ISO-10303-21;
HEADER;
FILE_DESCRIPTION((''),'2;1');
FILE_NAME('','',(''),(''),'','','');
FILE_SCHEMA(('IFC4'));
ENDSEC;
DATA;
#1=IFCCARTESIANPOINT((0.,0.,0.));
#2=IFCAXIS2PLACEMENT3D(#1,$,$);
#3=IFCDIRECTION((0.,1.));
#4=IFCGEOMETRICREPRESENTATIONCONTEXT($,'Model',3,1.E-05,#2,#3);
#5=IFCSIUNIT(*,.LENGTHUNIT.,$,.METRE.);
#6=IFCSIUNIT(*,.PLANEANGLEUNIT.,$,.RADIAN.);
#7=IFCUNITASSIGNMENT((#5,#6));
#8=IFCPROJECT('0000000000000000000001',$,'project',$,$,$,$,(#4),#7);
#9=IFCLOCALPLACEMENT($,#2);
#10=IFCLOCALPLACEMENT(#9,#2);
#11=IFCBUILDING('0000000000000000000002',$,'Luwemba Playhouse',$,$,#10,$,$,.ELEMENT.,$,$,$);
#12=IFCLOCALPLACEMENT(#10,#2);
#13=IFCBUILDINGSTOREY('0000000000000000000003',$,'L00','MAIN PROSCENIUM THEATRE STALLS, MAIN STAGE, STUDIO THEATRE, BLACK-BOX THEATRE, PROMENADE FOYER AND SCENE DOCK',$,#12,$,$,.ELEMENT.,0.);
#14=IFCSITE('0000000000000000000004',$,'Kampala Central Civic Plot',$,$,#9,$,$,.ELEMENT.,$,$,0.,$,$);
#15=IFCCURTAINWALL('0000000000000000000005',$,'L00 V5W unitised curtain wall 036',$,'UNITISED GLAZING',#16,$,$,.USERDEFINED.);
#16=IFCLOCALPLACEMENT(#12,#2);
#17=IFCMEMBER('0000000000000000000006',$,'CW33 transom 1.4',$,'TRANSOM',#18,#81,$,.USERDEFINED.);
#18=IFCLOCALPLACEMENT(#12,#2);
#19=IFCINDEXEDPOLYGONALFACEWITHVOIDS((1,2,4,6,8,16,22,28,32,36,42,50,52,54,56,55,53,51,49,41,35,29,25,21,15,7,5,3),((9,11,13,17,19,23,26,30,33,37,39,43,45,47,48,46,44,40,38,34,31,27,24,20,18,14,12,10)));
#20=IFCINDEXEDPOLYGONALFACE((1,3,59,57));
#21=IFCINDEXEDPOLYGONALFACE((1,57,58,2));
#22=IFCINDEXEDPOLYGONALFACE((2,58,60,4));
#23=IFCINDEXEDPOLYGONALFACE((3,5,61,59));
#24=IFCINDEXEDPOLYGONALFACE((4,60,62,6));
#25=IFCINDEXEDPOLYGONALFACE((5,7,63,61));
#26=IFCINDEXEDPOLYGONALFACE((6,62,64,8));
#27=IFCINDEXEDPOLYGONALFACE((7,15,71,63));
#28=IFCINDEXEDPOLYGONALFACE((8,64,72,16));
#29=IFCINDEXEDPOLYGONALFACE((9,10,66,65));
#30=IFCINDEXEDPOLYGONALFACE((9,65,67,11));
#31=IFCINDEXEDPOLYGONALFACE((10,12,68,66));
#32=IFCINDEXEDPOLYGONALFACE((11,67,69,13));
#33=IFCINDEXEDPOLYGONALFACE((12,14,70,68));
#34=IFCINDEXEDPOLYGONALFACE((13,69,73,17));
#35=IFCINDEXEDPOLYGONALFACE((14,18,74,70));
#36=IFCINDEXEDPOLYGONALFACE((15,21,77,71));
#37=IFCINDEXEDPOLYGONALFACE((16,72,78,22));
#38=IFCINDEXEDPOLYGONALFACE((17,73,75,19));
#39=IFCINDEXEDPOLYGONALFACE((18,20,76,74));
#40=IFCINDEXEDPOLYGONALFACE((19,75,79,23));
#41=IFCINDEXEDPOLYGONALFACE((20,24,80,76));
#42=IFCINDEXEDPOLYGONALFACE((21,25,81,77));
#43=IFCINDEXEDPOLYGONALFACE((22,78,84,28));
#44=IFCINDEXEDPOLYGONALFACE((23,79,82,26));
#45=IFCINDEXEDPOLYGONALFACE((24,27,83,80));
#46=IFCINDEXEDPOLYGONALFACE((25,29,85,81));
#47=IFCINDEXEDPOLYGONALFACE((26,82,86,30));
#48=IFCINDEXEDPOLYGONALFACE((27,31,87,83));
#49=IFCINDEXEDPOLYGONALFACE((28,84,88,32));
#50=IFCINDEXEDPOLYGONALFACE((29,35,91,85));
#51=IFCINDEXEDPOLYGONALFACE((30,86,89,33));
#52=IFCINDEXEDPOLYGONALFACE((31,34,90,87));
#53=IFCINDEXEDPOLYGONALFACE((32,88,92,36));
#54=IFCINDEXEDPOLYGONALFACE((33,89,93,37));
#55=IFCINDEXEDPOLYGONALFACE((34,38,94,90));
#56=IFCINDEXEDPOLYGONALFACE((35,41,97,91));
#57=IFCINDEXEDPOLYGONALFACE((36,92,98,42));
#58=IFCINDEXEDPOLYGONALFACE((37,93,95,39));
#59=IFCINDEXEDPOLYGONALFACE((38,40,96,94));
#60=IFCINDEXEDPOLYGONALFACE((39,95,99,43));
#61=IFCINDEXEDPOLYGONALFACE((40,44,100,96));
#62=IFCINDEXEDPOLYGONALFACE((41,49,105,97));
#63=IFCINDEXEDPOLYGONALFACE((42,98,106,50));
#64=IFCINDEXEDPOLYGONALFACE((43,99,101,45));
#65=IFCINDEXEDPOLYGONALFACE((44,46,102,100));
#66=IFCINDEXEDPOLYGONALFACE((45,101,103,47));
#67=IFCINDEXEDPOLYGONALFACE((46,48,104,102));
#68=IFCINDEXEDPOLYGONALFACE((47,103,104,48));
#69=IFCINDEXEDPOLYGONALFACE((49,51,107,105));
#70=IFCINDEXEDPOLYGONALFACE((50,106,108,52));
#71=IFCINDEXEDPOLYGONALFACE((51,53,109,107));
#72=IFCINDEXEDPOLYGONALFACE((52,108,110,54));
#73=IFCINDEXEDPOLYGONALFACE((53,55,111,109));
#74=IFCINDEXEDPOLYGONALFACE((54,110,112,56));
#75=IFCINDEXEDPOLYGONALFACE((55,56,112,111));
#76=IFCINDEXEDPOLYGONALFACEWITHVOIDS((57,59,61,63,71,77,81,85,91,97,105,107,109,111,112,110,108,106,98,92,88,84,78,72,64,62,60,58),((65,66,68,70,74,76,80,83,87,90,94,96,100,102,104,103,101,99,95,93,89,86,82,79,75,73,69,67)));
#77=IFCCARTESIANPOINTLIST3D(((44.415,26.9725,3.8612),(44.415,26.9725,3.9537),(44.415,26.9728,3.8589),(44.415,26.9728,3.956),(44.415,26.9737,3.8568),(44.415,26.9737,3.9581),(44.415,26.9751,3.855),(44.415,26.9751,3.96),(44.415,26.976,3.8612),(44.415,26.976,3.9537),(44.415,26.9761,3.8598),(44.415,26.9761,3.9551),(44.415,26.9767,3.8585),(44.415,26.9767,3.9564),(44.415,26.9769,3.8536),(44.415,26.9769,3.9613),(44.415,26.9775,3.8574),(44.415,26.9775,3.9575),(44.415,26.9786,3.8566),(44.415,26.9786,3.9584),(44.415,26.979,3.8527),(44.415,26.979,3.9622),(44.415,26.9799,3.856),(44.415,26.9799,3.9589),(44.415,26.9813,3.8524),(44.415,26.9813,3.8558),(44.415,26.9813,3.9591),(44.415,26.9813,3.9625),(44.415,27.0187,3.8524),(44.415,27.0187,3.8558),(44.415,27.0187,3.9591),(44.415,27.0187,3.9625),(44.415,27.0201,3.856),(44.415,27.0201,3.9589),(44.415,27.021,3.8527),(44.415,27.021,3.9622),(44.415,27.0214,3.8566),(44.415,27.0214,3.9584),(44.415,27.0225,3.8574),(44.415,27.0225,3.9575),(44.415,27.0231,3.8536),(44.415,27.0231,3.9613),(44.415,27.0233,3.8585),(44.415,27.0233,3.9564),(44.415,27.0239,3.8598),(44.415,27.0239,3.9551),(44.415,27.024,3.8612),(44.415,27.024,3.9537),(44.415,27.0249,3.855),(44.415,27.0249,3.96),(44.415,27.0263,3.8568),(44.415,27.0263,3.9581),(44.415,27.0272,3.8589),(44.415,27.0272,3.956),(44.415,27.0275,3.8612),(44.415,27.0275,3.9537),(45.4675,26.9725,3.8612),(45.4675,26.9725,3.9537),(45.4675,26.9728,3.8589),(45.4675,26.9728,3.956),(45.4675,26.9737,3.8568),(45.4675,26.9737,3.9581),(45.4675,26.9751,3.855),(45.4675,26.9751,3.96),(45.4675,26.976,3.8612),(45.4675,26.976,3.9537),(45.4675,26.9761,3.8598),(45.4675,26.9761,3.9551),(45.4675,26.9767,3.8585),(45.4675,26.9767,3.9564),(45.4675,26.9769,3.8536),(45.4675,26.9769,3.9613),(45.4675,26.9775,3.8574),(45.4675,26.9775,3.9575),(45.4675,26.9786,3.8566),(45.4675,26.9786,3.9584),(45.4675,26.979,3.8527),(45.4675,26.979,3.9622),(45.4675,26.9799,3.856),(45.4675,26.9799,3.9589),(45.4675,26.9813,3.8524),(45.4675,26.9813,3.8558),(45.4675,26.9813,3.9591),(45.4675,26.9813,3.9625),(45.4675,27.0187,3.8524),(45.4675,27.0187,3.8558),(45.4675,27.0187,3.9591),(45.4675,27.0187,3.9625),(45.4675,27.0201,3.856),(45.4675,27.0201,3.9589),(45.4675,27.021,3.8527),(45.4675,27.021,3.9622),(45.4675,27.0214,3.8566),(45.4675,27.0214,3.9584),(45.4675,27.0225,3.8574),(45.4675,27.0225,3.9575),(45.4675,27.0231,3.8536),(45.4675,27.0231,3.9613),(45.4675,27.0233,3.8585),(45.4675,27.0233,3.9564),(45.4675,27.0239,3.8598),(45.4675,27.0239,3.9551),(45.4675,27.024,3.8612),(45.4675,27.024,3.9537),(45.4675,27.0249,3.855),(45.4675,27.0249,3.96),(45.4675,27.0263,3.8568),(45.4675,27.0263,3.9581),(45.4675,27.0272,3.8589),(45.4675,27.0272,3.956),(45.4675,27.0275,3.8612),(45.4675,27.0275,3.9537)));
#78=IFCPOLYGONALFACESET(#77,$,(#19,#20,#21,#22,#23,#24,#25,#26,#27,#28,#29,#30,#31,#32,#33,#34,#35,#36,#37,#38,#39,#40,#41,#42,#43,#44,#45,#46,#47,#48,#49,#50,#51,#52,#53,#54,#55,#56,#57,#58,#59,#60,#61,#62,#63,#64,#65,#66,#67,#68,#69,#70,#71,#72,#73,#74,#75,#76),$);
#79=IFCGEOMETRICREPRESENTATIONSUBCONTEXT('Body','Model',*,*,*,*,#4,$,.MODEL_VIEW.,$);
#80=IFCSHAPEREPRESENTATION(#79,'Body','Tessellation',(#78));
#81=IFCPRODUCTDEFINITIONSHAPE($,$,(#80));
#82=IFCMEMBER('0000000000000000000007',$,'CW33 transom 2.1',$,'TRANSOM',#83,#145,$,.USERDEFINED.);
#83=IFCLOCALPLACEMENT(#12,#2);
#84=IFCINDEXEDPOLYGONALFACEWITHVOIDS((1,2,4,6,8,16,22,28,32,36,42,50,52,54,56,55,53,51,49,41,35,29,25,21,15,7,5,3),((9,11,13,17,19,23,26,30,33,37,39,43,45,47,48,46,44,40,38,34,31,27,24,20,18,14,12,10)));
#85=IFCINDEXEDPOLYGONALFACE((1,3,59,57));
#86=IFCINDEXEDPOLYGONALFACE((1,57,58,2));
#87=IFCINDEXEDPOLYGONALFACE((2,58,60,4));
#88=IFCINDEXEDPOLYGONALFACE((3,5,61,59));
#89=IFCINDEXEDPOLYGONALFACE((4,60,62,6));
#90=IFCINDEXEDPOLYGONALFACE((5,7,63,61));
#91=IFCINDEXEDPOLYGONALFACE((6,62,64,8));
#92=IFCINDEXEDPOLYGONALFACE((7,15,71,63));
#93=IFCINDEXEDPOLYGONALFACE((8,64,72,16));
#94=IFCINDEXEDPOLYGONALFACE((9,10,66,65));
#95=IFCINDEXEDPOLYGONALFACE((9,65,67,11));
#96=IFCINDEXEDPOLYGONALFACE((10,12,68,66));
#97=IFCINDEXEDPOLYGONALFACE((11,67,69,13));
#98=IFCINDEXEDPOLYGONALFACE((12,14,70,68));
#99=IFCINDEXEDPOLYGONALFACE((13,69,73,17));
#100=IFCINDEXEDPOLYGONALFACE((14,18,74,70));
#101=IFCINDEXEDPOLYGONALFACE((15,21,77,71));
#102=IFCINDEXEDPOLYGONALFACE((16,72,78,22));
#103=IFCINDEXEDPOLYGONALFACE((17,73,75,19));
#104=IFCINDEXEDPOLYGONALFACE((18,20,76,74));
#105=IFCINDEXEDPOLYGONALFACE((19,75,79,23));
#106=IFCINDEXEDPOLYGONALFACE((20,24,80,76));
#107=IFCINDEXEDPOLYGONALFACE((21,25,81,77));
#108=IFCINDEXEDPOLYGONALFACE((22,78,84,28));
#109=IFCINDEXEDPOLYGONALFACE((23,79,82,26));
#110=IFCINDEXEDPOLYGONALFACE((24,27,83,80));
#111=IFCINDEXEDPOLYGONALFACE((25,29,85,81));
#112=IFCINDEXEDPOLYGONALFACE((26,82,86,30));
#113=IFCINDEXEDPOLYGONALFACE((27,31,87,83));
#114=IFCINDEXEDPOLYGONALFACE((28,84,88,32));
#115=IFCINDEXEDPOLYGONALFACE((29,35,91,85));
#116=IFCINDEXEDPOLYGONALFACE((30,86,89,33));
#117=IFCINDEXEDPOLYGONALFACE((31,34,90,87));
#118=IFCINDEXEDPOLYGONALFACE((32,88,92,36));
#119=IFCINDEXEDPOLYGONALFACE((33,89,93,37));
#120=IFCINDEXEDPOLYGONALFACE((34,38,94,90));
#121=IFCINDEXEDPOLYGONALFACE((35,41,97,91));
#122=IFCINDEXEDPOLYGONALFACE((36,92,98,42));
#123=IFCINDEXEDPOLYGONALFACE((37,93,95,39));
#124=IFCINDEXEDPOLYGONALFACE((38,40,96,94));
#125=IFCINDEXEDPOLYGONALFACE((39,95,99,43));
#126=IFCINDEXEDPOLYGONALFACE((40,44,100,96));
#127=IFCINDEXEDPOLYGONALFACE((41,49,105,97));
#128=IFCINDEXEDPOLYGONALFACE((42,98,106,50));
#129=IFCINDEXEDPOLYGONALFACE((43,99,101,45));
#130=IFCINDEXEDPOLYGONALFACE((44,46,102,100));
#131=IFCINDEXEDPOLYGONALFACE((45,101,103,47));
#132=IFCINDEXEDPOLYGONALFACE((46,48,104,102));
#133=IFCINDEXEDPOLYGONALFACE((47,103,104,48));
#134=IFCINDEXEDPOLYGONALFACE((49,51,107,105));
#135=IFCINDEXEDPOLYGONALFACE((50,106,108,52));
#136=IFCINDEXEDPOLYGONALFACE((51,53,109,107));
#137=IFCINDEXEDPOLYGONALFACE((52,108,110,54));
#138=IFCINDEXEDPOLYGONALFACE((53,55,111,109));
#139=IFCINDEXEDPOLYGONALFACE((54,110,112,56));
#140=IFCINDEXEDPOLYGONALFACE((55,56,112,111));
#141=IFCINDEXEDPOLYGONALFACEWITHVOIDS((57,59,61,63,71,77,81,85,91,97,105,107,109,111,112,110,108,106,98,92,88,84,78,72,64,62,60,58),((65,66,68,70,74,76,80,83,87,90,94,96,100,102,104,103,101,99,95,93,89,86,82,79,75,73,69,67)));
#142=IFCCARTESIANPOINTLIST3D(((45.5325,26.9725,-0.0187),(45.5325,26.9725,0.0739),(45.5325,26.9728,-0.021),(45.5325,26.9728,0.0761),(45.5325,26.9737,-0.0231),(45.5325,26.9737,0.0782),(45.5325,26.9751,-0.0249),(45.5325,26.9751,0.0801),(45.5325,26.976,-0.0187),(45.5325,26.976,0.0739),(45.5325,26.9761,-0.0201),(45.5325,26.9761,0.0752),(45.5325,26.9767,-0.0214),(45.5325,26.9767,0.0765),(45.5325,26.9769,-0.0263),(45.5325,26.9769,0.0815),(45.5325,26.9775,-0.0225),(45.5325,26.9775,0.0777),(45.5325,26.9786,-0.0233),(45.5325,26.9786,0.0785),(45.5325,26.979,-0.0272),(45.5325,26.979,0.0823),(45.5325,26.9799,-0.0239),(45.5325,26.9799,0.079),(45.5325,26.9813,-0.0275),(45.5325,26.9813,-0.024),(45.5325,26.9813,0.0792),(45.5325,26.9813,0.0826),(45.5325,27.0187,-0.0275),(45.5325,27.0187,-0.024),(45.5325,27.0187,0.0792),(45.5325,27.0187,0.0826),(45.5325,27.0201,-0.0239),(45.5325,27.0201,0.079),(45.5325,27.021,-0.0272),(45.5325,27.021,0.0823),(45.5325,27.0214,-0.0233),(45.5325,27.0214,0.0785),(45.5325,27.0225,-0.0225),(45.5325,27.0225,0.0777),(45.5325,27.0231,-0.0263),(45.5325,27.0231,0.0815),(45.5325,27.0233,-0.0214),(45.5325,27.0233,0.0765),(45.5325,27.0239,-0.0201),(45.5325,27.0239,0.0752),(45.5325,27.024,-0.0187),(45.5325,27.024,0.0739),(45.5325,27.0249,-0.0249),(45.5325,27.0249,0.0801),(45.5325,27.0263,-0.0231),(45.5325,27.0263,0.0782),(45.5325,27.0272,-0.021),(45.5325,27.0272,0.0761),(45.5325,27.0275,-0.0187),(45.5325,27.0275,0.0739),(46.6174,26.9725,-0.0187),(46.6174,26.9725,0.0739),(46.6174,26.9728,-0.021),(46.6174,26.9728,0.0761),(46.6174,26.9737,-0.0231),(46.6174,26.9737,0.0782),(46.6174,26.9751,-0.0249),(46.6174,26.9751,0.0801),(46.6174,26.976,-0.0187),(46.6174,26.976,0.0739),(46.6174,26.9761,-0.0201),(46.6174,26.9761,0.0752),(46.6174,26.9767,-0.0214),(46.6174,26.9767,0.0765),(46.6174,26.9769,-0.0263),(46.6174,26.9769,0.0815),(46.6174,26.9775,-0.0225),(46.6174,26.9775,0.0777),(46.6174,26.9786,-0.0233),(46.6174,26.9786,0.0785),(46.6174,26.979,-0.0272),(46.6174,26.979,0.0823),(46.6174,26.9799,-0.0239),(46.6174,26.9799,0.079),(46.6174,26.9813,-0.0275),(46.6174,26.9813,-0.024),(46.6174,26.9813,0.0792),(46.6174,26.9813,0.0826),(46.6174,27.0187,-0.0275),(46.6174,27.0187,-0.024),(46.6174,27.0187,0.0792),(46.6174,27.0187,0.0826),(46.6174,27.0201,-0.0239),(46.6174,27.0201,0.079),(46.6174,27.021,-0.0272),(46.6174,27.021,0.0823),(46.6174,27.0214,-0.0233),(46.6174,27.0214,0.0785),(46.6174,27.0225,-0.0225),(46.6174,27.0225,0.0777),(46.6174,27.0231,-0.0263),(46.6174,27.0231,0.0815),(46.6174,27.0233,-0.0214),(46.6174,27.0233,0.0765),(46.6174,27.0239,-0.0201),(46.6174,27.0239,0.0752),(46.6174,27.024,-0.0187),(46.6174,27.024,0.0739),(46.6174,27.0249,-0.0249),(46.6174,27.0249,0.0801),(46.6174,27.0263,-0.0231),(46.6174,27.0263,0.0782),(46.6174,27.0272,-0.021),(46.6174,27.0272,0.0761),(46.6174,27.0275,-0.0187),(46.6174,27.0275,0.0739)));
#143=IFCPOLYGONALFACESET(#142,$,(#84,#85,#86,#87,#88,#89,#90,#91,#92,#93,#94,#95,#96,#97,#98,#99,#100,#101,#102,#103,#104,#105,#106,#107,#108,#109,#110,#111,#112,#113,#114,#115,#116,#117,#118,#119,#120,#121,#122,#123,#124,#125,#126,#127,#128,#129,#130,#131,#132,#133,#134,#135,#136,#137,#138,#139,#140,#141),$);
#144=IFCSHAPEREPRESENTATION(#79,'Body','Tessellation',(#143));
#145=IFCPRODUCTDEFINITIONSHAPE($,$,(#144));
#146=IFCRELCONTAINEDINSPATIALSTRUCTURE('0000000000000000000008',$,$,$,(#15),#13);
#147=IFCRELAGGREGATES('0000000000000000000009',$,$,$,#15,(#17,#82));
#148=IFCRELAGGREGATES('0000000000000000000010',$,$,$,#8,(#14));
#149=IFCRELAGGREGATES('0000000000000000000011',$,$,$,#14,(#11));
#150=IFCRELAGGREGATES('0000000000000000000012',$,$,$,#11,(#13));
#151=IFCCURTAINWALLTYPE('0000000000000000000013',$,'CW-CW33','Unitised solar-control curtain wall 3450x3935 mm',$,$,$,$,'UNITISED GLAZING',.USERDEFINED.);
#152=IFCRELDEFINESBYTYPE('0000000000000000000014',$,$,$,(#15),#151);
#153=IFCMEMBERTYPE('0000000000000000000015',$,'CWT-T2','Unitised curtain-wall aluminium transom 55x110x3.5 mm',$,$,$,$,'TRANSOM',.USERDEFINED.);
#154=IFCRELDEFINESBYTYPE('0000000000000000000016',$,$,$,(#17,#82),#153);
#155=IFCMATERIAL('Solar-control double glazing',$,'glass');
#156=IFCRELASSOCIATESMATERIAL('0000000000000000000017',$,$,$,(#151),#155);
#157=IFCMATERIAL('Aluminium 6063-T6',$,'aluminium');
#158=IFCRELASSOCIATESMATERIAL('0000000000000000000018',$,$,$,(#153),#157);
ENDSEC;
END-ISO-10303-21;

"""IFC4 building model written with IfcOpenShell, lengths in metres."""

from ifc_helpers import new_model, si_unit, direction, frame, origin, origin_2d, place, context, subcontext, project, spatial, hollow_rectangle, extrude, material, material_profile, profile_set, type_object, element, aggregate, save


model = new_model("IFC4")

# Units and contexts
model_context = context("Model", 3, precision=1e-05, world=origin(), true_north=direction((0.0, 1.0)))
body_context = subcontext(model_context, "Body", "Model", "MODEL_VIEW")
ifc_project = project(units=[si_unit("LENGTHUNIT", "METRE"), si_unit("PLANEANGLEUNIT", "RADIAN")], contexts=[model_context])

# Site, building, storey
site_placement = place(None, origin())
site = spatial("IfcSite", under=ifc_project, at=site_placement, Name="Kampala Central Civic Plot", CompositionType="ELEMENT", RefElevation=0.0)
building_placement = place(site_placement, origin())
building = spatial("IfcBuilding", under=site, at=building_placement, Name="Luwemba Playhouse", CompositionType="ELEMENT")
storey_placement = place(building_placement, origin())
storey = spatial("IfcBuildingStorey", under=building, at=storey_placement, Name="L00", Description="MAIN PROSCENIUM THEATRE STALLS, MAIN STAGE, STUDIO THEATRE, BLACK-BOX THEATRE, PROMENADE FOYER AND SCENE DOCK", CompositionType="ELEMENT", Elevation=0.0)

# Curtain wall, members
ifc_material_1 = material(Name="Solar-control double glazing", Category="glass")
curtain_wall_type = type_object("IfcCurtainWallType", Name="CW-CW33", Description="Unitised solar-control curtain wall 3450x3935 mm", ElementType="UNITISED GLAZING", PredefinedType="USERDEFINED", material=ifc_material_1)
curtain_wall_placement = place(storey_placement, origin())
curtain_wall = element("IfcCurtainWall", 1, at=curtain_wall_placement, inside=storey, type_object=curtain_wall_type, Name="L00 V5W unitised curtain wall 036", ObjectType="UNITISED GLAZING", PredefinedType="USERDEFINED")
ifc_material_2 = material(Name="Aluminium 6063-T6", Category="aluminium")
ifc_material_profile_1 = material_profile(ifc_material_2, hollow_rectangle(XDim=0.0549, YDim=0.1101, WallThickness=0.0034, InnerFilletRadius=0.0054, OuterFilletRadius=0.0088, at=origin_2d()))
ifc_profile_set_1 = profile_set([ifc_material_profile_1], Name="Aluminium 6063-T6")
member_type_1 = type_object("IfcMemberType", Name="CWT-T2", Description="Unitised curtain-wall aluminium transom 55x110x3.5 mm", ElementType="TRANSOM", PredefinedType="USERDEFINED", material=ifc_profile_set_1)
member_1_placement = place(storey_placement, frame((44.415, 27.0, 3.9075), z_axis=(1.0, 0.0, 0.0), x_axis=(0.0, 1.0, 0.0)))
member_1 = element("IfcMember", 2, at=member_1_placement, type_object=member_type_1, Name="CW33 transom 1.4", ObjectType="TRANSOM", PredefinedType="USERDEFINED", context=body_context, shape_type="SweptSolid", body=[
    extrude(hollow_rectangle(XDim=0.0549, YDim=0.1101, WallThickness=0.0034, InnerFilletRadius=0.0054, OuterFilletRadius=0.0088, at=origin_2d()), origin(), (0.0, 0.0, 1.0), 1.0525),
])
member_2_placement = place(storey_placement, frame((45.5325, 27.0, 0.0276), z_axis=(1.0, 0.0, 0.0), x_axis=(0.0, 1.0, 0.0)))
member_2 = element("IfcMember", 3, at=member_2_placement, type_object=member_type_1, Name="CW33 transom 2.1", ObjectType="TRANSOM", PredefinedType="USERDEFINED", context=body_context, shape_type="SweptSolid", body=[
    extrude(hollow_rectangle(XDim=0.0549, YDim=0.1101, WallThickness=0.0034, InnerFilletRadius=0.0054, OuterFilletRadius=0.0088, at=origin_2d()), origin(), (0.0, 0.0, 1.0), 1.085),
])
aggregate(curtain_wall, [member_1, member_2])

save(model, "model.ifc")
